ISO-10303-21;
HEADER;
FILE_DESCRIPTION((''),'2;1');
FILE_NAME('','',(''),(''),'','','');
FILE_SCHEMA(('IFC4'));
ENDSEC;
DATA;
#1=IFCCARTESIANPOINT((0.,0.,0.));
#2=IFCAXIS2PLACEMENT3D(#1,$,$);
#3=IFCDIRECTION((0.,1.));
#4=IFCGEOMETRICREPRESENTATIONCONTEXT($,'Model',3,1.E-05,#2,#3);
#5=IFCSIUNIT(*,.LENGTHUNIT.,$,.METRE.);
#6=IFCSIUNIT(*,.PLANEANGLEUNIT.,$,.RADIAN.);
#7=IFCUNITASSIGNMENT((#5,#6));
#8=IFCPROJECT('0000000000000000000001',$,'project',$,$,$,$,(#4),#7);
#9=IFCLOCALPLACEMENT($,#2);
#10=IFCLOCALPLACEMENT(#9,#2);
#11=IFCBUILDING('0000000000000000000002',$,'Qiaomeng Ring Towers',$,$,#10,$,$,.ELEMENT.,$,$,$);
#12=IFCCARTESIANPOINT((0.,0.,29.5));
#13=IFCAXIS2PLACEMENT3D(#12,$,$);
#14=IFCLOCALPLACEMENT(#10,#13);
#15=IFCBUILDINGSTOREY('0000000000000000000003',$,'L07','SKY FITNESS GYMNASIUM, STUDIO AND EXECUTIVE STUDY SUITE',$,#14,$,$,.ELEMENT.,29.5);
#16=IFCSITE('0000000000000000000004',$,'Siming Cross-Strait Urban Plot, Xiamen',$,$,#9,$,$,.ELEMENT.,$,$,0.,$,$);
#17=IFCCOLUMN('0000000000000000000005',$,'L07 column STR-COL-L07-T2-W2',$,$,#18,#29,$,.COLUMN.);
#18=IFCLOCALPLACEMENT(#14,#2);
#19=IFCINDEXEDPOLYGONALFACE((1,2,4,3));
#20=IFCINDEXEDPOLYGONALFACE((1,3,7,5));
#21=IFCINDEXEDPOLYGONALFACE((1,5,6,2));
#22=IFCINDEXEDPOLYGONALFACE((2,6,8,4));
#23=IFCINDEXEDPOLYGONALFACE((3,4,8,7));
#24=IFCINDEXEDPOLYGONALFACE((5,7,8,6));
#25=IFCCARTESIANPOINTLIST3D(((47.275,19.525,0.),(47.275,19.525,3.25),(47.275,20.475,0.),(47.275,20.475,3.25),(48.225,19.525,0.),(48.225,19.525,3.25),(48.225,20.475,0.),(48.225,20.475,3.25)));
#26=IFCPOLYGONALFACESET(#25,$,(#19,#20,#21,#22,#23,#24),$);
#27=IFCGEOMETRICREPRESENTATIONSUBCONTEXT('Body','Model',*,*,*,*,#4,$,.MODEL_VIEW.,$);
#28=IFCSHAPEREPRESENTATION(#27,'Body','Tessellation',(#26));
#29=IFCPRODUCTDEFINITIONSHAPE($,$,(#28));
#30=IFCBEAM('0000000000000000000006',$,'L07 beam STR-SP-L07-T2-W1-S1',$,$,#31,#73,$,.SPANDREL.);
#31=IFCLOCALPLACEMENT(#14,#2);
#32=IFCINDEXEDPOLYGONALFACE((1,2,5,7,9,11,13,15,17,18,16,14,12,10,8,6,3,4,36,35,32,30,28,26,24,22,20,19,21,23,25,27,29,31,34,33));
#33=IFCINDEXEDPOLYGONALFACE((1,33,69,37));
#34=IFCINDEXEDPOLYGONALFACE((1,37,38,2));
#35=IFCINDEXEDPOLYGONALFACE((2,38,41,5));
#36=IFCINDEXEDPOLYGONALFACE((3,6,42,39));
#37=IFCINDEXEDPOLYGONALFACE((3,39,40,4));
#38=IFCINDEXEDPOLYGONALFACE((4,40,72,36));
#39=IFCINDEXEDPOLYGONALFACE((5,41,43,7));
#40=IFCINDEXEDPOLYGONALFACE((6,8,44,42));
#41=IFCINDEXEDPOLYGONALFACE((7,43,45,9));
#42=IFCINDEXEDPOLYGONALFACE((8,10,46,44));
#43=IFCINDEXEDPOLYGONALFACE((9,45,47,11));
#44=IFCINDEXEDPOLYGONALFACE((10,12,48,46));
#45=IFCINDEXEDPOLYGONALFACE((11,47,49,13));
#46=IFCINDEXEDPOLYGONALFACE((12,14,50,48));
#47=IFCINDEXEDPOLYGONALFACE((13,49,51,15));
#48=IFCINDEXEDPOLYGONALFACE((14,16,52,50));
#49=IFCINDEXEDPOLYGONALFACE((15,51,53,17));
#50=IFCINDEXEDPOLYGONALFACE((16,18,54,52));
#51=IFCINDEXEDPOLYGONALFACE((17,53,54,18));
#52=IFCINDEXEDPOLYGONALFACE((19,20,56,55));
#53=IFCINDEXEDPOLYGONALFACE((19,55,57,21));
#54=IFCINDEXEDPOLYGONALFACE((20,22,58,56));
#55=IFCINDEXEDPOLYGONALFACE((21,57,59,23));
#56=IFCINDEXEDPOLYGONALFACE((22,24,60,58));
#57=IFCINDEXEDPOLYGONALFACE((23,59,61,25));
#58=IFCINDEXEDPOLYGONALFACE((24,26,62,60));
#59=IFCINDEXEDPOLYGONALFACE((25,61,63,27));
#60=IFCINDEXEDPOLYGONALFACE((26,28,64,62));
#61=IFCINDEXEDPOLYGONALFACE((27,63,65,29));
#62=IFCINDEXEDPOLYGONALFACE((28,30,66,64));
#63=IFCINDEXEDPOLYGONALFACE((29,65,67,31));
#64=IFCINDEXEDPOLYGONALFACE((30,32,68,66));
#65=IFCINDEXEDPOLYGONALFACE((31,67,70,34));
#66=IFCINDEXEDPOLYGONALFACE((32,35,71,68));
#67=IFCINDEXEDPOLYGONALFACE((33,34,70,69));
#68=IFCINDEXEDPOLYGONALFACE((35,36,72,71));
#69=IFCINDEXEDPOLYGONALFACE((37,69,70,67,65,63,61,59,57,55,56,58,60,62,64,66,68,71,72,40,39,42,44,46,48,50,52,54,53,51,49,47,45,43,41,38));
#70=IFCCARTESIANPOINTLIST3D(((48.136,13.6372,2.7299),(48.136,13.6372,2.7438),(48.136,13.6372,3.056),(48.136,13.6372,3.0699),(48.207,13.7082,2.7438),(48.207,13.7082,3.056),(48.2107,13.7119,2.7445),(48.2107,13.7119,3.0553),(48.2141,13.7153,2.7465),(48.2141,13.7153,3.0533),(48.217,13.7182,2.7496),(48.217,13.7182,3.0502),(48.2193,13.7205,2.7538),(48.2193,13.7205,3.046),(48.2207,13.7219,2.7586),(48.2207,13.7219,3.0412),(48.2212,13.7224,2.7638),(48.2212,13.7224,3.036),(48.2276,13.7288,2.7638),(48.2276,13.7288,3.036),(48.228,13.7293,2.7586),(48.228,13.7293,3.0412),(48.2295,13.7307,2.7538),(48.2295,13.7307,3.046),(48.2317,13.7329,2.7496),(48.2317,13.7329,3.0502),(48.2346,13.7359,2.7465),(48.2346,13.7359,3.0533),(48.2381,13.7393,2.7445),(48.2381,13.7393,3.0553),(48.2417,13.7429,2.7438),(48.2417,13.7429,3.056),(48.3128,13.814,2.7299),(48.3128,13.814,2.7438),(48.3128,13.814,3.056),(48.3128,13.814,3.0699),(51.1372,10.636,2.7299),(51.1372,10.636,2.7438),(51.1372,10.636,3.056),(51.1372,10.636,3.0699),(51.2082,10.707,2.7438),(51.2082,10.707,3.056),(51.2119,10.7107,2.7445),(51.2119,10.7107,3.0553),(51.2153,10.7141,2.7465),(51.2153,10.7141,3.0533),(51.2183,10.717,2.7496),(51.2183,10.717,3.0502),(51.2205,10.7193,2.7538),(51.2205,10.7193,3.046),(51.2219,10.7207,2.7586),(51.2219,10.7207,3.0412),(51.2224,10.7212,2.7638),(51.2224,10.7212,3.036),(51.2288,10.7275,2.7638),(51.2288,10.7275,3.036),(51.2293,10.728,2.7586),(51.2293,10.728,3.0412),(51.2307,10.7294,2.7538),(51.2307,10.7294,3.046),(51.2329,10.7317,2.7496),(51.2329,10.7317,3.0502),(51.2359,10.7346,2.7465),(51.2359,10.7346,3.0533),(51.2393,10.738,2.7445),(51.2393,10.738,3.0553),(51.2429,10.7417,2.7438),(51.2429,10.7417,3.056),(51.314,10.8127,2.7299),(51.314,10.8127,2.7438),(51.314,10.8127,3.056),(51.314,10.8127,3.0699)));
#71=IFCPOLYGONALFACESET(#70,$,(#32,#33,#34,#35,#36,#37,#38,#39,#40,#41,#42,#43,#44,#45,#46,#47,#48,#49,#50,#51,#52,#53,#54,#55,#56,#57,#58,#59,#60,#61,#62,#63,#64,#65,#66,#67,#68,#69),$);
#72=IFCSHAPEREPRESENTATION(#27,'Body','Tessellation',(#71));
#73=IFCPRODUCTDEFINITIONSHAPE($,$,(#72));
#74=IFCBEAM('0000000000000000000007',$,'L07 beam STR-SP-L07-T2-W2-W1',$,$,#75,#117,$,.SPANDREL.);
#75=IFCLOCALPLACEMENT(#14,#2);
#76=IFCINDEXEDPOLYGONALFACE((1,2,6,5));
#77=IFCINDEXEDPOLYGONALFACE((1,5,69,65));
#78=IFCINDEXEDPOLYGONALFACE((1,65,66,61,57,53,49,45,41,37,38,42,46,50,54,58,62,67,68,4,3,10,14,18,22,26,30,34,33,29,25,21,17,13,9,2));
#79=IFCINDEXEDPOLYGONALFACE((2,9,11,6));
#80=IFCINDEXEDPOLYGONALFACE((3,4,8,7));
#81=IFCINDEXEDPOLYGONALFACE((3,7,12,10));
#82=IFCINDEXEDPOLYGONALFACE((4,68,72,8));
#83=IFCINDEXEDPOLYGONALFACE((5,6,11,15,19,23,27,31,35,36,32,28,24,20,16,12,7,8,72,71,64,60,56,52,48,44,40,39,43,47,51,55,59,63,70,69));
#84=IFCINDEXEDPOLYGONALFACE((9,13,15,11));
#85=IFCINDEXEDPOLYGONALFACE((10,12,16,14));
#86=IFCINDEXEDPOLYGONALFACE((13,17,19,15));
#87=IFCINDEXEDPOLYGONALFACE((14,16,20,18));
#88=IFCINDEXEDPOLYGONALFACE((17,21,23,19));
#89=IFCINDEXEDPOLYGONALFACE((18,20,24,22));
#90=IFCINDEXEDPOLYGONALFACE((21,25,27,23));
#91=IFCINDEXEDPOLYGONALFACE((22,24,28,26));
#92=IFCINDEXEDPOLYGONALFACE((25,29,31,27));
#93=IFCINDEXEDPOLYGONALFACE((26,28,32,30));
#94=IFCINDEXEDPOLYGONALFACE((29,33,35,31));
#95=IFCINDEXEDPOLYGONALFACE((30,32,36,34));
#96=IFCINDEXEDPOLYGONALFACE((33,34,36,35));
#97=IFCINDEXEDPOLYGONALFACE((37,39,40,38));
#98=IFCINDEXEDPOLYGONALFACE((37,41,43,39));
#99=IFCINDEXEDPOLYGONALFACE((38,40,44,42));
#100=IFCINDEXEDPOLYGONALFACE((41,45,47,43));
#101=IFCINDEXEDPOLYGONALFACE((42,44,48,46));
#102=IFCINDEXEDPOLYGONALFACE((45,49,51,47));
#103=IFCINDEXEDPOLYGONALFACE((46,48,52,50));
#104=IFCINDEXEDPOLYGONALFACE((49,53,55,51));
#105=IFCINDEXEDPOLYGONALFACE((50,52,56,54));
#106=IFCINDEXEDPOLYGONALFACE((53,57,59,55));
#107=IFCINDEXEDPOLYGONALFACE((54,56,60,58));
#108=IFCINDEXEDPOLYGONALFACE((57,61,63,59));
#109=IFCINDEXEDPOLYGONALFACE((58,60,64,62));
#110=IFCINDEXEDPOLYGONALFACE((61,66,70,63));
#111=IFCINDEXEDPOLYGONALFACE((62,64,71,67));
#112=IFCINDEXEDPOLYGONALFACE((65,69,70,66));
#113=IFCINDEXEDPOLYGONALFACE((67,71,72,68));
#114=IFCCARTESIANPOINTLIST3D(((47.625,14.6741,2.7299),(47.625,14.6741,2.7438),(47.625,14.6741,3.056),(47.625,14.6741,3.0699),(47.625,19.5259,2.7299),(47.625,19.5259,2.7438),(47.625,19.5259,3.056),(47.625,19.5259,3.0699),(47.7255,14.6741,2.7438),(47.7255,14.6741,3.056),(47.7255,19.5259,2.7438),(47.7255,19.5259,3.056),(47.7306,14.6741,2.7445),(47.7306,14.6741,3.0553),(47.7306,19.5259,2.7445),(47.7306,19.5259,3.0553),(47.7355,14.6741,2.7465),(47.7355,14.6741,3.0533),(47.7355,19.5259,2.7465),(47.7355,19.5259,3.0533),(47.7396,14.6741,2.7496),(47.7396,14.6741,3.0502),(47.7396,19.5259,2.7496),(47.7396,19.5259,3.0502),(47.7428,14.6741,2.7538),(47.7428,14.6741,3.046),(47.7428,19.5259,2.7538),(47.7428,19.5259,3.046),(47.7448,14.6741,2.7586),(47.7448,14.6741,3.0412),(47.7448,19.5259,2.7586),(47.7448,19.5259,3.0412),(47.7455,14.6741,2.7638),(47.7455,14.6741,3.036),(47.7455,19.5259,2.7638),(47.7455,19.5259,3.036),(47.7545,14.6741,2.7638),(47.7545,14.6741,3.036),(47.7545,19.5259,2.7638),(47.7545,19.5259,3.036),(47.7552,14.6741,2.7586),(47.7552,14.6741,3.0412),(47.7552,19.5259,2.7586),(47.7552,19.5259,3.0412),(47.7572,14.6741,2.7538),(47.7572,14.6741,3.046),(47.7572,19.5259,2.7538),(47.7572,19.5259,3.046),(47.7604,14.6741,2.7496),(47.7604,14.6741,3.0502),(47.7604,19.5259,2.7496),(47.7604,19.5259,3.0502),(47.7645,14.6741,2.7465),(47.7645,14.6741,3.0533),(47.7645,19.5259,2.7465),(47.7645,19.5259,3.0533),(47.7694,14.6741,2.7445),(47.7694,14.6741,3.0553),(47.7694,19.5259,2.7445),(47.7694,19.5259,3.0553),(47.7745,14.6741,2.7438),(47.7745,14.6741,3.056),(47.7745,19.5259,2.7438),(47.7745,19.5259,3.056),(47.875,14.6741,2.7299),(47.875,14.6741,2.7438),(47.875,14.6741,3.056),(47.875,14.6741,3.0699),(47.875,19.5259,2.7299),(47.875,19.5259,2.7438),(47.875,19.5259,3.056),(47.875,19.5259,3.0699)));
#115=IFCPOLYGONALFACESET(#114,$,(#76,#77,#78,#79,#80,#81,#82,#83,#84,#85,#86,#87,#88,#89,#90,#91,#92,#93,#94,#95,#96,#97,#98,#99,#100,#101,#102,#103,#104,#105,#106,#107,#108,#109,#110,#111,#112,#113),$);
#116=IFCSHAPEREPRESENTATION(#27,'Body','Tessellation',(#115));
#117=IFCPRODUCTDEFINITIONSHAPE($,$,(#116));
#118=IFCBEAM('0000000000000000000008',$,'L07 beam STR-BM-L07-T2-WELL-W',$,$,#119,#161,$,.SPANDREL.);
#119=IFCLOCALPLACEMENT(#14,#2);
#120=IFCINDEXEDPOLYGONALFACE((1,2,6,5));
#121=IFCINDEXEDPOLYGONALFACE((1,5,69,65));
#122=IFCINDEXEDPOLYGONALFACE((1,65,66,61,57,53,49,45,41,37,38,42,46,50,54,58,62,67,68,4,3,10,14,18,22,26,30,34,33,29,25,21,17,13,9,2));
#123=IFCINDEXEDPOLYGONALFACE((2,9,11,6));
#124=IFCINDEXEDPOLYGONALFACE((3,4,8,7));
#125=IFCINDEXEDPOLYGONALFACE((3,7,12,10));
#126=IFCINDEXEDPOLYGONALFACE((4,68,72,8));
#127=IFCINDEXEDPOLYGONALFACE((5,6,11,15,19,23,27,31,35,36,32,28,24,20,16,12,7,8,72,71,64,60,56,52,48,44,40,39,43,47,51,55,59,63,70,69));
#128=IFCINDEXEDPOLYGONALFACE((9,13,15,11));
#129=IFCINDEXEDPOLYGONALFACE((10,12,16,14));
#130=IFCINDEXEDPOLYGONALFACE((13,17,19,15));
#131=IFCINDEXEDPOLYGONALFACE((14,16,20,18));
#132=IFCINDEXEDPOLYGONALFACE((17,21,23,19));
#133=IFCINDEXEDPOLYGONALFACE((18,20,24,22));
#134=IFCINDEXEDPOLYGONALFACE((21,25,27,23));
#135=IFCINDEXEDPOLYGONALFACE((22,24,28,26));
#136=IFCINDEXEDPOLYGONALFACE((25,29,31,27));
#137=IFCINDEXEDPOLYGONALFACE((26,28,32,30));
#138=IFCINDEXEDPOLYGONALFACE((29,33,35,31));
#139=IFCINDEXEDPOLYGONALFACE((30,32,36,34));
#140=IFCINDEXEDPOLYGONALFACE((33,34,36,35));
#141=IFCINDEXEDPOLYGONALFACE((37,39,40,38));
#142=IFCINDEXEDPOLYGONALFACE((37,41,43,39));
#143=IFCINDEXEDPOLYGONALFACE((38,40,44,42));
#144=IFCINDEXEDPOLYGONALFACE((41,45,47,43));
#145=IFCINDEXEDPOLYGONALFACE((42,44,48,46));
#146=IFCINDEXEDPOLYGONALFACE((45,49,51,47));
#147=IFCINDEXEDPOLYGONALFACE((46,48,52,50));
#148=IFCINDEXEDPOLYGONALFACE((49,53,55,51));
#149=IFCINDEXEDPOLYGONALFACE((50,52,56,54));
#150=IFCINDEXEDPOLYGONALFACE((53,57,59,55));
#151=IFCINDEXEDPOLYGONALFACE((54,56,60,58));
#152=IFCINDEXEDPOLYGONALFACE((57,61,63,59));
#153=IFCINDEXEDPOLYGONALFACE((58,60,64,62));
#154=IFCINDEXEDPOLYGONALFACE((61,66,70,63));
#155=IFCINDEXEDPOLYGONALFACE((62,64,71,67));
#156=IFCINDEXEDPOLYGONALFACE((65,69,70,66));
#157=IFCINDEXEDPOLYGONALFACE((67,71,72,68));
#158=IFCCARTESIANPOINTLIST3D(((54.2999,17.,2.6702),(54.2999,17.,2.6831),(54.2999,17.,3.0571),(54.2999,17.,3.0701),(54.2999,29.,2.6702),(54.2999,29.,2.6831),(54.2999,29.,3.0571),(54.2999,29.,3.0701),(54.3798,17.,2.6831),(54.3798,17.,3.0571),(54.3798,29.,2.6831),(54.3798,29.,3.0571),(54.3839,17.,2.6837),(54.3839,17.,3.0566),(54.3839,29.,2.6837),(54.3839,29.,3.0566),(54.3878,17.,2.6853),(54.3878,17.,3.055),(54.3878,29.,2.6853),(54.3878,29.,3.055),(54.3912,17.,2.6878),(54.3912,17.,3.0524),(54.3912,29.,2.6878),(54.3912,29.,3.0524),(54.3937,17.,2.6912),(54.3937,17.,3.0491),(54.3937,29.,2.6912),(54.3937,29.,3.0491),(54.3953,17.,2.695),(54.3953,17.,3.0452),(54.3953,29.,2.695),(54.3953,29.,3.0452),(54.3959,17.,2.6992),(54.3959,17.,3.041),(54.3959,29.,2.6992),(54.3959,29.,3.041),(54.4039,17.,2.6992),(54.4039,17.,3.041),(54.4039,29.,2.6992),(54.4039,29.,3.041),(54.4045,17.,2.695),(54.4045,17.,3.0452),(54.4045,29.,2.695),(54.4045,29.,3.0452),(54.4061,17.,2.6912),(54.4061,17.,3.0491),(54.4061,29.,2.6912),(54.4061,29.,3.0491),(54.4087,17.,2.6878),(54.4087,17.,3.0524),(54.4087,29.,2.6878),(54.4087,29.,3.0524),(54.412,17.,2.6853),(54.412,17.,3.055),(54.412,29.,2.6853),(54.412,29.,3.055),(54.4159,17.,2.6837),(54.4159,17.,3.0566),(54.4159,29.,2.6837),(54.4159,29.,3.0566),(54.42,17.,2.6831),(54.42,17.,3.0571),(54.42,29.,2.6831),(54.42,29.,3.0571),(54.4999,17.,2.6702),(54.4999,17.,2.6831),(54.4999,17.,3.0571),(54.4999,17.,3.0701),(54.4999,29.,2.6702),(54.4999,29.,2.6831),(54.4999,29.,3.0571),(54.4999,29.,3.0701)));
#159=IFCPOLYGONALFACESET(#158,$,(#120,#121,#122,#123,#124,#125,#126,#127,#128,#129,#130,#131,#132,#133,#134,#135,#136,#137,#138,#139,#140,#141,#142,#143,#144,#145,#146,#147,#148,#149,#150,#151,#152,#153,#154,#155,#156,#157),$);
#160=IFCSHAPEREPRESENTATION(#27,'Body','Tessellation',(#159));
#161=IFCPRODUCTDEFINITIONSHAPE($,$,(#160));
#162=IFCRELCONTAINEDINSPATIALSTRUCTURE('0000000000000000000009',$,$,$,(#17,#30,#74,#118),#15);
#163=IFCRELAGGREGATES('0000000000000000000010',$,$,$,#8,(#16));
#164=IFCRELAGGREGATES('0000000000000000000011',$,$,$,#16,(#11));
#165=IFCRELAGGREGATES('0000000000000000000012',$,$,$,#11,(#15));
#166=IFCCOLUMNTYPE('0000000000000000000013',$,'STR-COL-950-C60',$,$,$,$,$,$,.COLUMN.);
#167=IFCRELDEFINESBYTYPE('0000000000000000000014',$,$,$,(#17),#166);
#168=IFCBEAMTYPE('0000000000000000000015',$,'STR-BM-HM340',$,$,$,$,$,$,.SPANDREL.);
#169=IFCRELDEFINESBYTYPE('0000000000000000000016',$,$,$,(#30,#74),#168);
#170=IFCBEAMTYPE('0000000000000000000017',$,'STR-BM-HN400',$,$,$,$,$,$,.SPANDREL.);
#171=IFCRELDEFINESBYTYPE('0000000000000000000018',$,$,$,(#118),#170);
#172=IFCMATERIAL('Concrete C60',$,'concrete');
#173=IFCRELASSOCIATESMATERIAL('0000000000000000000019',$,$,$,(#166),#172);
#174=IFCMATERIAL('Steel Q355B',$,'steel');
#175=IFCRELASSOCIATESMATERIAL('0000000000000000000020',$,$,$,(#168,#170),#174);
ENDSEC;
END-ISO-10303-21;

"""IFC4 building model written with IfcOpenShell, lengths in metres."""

from ifc_helpers import new_model, si_unit, direction, frame, origin, origin_2d, place, context, subcontext, project, spatial, rectangle, i_section, extrude, source, transform, mapped, material, material_profile, profile_set, type_object, element, save


model = new_model("IFC4")

# Units and contexts
model_context = context("Model", 3, precision=1e-05, world=origin(), true_north=direction((0.0, 1.0)))
body_context = subcontext(model_context, "Body", "Model", "MODEL_VIEW")
ifc_project = project(units=[si_unit("LENGTHUNIT", "METRE"), si_unit("PLANEANGLEUNIT", "RADIAN")], contexts=[model_context])

# Site, building, storey
site_placement = place(None, origin())
site = spatial("IfcSite", under=ifc_project, at=site_placement, Name="Siming Cross-Strait Urban Plot, Xiamen", CompositionType="ELEMENT", RefElevation=0.0)
building_placement = place(site_placement, origin())
building = spatial("IfcBuilding", under=site, at=building_placement, Name="Qiaomeng Ring Towers", CompositionType="ELEMENT")
storey_placement = place(building_placement, frame((0.0, 0.0, 29.5)))
storey = spatial("IfcBuildingStorey", under=building, at=storey_placement, Name="L07", Description="SKY FITNESS GYMNASIUM, STUDIO AND EXECUTIVE STUDY SUITE", CompositionType="ELEMENT", Elevation=29.5)

# Column
ifc_material_1 = material(Name="Concrete C60", Category="concrete")
ifc_material_profile_1 = material_profile(ifc_material_1, rectangle(XDim=0.95, YDim=0.95, at=origin_2d()), Name="RC COL 950x950")
ifc_profile_set_1 = profile_set([ifc_material_profile_1], Name="Concrete C60")
column_type = type_object("IfcColumnType", Name="STR-COL-950-C60", PredefinedType="COLUMN", material=ifc_profile_set_1)
shared_shape_1 = source(origin(), body_context, "Body", "SweptSolid", [
    extrude(rectangle(XDim=0.95, YDim=0.95, at=origin_2d()), origin(), (0.0, 0.0, 1.0), 3.25),
])
column_placement = place(storey_placement, frame((47.75, 20.0, 0.0), z_axis=(0.0, 0.0, 1.0), x_axis=(1.0, 0.0, 0.0)))
element("IfcColumn", 1, at=column_placement, inside=storey, type_object=column_type, Name="L07 column STR-COL-L07-T2-W2", PredefinedType="COLUMN", context=body_context, shape_type="MappedRepresentation", body=[
    mapped(shared_shape_1, transform((0.0, 0.0, 0.0), x_axis=(1.0, 0.0, 0.0), y_axis=(0.0, 1.0, 0.0), z_axis=(0.0, 0.0, 1.0), scale=1.0)),
])

# Beams
ifc_material_2 = material(Name="Steel Q355B", Category="steel")
ifc_material_profile_2 = material_profile(ifc_material_2, i_section(OverallWidth=0.25, OverallDepth=0.3401, WebThickness=0.009, FlangeThickness=0.0139, FilletRadius=0.02, at=origin_2d()), Name="HM 340x250x9x14")
ifc_profile_set_2 = profile_set([ifc_material_profile_2], Name="Steel Q355B")
beam_type_1 = type_object("IfcBeamType", Name="STR-BM-HM340", PredefinedType="SPANDREL", material=ifc_profile_set_2)
shared_shape_2 = source(origin(), body_context, "Body", "SweptSolid", [
    extrude(i_section(OverallWidth=0.25, OverallDepth=0.3401, WebThickness=0.009, FlangeThickness=0.0139, FilletRadius=0.02, at=origin_2d()), origin(), (0.0, 0.0, 1.0), 4.2444),
])
beam_1_placement = place(storey_placement, frame((48.2244, 13.7256, 2.8999), z_axis=(0.707107, -0.707107, 0.0), x_axis=(0.707107, 0.707107, 0.0)))
element("IfcBeam", 2, at=beam_1_placement, inside=storey, type_object=beam_type_1, Name="L07 beam STR-SP-L07-T2-W1-S1", PredefinedType="SPANDREL", context=body_context, shape_type="MappedRepresentation", body=[
    mapped(shared_shape_2, transform((0.0, 0.0, 0.0), x_axis=(1.0, 0.0, 0.0), y_axis=(0.0, 1.0, 0.0), z_axis=(0.0, 0.0, 1.0), scale=1.0)),
])
shared_shape_3 = source(origin(), body_context, "Body", "SweptSolid", [
    extrude(i_section(OverallWidth=0.25, OverallDepth=0.3401, WebThickness=0.009, FlangeThickness=0.0139, FilletRadius=0.02, at=origin_2d()), origin(), (0.0, 0.0, 1.0), 4.8518),
])
beam_2_placement = place(storey_placement, frame((47.75, 19.5259, 2.8999), z_axis=(0.0, -1.0, 0.0), x_axis=(1.0, 0.0, 0.0)))
element("IfcBeam", 3, at=beam_2_placement, inside=storey, type_object=beam_type_1, Name="L07 beam STR-SP-L07-T2-W2-W1", PredefinedType="SPANDREL", context=body_context, shape_type="MappedRepresentation", body=[
    mapped(shared_shape_3, transform((0.0, 0.0, 0.0), x_axis=(1.0, 0.0, 0.0), y_axis=(0.0, 1.0, 0.0), z_axis=(0.0, 0.0, 1.0), scale=1.0)),
])
ifc_material_profile_3 = material_profile(ifc_material_2, i_section(OverallWidth=0.2, OverallDepth=0.3999, WebThickness=0.0081, FlangeThickness=0.0129, FilletRadius=0.0161, at=origin_2d()), Name="HN 400x200x8x13")
ifc_profile_set_3 = profile_set([ifc_material_profile_3], Name="Steel Q355B")
beam_type_2 = type_object("IfcBeamType", Name="STR-BM-HN400", PredefinedType="SPANDREL", material=ifc_profile_set_3)
shared_shape_4 = source(origin(), body_context, "Body", "SweptSolid", [
    extrude(i_section(OverallWidth=0.2, OverallDepth=0.3999, WebThickness=0.0081, FlangeThickness=0.0129, FilletRadius=0.0161, at=origin_2d()), origin(), (0.0, 0.0, 1.0), 12.0),
])
beam_3_placement = place(storey_placement, frame((54.3999, 17.0, 2.8701), z_axis=(0.0, 1.0, 0.0), x_axis=(-1.0, 0.0, 0.0)))
element("IfcBeam", 4, at=beam_3_placement, inside=storey, type_object=beam_type_2, Name="L07 beam STR-BM-L07-T2-WELL-W", PredefinedType="SPANDREL", context=body_context, shape_type="MappedRepresentation", body=[
    mapped(shared_shape_4, transform((0.0, 0.0, 0.0), x_axis=(1.0, 0.0, 0.0), y_axis=(0.0, 1.0, 0.0), z_axis=(0.0, 0.0, 1.0), scale=1.0)),
])

save(model, "model.ifc")
